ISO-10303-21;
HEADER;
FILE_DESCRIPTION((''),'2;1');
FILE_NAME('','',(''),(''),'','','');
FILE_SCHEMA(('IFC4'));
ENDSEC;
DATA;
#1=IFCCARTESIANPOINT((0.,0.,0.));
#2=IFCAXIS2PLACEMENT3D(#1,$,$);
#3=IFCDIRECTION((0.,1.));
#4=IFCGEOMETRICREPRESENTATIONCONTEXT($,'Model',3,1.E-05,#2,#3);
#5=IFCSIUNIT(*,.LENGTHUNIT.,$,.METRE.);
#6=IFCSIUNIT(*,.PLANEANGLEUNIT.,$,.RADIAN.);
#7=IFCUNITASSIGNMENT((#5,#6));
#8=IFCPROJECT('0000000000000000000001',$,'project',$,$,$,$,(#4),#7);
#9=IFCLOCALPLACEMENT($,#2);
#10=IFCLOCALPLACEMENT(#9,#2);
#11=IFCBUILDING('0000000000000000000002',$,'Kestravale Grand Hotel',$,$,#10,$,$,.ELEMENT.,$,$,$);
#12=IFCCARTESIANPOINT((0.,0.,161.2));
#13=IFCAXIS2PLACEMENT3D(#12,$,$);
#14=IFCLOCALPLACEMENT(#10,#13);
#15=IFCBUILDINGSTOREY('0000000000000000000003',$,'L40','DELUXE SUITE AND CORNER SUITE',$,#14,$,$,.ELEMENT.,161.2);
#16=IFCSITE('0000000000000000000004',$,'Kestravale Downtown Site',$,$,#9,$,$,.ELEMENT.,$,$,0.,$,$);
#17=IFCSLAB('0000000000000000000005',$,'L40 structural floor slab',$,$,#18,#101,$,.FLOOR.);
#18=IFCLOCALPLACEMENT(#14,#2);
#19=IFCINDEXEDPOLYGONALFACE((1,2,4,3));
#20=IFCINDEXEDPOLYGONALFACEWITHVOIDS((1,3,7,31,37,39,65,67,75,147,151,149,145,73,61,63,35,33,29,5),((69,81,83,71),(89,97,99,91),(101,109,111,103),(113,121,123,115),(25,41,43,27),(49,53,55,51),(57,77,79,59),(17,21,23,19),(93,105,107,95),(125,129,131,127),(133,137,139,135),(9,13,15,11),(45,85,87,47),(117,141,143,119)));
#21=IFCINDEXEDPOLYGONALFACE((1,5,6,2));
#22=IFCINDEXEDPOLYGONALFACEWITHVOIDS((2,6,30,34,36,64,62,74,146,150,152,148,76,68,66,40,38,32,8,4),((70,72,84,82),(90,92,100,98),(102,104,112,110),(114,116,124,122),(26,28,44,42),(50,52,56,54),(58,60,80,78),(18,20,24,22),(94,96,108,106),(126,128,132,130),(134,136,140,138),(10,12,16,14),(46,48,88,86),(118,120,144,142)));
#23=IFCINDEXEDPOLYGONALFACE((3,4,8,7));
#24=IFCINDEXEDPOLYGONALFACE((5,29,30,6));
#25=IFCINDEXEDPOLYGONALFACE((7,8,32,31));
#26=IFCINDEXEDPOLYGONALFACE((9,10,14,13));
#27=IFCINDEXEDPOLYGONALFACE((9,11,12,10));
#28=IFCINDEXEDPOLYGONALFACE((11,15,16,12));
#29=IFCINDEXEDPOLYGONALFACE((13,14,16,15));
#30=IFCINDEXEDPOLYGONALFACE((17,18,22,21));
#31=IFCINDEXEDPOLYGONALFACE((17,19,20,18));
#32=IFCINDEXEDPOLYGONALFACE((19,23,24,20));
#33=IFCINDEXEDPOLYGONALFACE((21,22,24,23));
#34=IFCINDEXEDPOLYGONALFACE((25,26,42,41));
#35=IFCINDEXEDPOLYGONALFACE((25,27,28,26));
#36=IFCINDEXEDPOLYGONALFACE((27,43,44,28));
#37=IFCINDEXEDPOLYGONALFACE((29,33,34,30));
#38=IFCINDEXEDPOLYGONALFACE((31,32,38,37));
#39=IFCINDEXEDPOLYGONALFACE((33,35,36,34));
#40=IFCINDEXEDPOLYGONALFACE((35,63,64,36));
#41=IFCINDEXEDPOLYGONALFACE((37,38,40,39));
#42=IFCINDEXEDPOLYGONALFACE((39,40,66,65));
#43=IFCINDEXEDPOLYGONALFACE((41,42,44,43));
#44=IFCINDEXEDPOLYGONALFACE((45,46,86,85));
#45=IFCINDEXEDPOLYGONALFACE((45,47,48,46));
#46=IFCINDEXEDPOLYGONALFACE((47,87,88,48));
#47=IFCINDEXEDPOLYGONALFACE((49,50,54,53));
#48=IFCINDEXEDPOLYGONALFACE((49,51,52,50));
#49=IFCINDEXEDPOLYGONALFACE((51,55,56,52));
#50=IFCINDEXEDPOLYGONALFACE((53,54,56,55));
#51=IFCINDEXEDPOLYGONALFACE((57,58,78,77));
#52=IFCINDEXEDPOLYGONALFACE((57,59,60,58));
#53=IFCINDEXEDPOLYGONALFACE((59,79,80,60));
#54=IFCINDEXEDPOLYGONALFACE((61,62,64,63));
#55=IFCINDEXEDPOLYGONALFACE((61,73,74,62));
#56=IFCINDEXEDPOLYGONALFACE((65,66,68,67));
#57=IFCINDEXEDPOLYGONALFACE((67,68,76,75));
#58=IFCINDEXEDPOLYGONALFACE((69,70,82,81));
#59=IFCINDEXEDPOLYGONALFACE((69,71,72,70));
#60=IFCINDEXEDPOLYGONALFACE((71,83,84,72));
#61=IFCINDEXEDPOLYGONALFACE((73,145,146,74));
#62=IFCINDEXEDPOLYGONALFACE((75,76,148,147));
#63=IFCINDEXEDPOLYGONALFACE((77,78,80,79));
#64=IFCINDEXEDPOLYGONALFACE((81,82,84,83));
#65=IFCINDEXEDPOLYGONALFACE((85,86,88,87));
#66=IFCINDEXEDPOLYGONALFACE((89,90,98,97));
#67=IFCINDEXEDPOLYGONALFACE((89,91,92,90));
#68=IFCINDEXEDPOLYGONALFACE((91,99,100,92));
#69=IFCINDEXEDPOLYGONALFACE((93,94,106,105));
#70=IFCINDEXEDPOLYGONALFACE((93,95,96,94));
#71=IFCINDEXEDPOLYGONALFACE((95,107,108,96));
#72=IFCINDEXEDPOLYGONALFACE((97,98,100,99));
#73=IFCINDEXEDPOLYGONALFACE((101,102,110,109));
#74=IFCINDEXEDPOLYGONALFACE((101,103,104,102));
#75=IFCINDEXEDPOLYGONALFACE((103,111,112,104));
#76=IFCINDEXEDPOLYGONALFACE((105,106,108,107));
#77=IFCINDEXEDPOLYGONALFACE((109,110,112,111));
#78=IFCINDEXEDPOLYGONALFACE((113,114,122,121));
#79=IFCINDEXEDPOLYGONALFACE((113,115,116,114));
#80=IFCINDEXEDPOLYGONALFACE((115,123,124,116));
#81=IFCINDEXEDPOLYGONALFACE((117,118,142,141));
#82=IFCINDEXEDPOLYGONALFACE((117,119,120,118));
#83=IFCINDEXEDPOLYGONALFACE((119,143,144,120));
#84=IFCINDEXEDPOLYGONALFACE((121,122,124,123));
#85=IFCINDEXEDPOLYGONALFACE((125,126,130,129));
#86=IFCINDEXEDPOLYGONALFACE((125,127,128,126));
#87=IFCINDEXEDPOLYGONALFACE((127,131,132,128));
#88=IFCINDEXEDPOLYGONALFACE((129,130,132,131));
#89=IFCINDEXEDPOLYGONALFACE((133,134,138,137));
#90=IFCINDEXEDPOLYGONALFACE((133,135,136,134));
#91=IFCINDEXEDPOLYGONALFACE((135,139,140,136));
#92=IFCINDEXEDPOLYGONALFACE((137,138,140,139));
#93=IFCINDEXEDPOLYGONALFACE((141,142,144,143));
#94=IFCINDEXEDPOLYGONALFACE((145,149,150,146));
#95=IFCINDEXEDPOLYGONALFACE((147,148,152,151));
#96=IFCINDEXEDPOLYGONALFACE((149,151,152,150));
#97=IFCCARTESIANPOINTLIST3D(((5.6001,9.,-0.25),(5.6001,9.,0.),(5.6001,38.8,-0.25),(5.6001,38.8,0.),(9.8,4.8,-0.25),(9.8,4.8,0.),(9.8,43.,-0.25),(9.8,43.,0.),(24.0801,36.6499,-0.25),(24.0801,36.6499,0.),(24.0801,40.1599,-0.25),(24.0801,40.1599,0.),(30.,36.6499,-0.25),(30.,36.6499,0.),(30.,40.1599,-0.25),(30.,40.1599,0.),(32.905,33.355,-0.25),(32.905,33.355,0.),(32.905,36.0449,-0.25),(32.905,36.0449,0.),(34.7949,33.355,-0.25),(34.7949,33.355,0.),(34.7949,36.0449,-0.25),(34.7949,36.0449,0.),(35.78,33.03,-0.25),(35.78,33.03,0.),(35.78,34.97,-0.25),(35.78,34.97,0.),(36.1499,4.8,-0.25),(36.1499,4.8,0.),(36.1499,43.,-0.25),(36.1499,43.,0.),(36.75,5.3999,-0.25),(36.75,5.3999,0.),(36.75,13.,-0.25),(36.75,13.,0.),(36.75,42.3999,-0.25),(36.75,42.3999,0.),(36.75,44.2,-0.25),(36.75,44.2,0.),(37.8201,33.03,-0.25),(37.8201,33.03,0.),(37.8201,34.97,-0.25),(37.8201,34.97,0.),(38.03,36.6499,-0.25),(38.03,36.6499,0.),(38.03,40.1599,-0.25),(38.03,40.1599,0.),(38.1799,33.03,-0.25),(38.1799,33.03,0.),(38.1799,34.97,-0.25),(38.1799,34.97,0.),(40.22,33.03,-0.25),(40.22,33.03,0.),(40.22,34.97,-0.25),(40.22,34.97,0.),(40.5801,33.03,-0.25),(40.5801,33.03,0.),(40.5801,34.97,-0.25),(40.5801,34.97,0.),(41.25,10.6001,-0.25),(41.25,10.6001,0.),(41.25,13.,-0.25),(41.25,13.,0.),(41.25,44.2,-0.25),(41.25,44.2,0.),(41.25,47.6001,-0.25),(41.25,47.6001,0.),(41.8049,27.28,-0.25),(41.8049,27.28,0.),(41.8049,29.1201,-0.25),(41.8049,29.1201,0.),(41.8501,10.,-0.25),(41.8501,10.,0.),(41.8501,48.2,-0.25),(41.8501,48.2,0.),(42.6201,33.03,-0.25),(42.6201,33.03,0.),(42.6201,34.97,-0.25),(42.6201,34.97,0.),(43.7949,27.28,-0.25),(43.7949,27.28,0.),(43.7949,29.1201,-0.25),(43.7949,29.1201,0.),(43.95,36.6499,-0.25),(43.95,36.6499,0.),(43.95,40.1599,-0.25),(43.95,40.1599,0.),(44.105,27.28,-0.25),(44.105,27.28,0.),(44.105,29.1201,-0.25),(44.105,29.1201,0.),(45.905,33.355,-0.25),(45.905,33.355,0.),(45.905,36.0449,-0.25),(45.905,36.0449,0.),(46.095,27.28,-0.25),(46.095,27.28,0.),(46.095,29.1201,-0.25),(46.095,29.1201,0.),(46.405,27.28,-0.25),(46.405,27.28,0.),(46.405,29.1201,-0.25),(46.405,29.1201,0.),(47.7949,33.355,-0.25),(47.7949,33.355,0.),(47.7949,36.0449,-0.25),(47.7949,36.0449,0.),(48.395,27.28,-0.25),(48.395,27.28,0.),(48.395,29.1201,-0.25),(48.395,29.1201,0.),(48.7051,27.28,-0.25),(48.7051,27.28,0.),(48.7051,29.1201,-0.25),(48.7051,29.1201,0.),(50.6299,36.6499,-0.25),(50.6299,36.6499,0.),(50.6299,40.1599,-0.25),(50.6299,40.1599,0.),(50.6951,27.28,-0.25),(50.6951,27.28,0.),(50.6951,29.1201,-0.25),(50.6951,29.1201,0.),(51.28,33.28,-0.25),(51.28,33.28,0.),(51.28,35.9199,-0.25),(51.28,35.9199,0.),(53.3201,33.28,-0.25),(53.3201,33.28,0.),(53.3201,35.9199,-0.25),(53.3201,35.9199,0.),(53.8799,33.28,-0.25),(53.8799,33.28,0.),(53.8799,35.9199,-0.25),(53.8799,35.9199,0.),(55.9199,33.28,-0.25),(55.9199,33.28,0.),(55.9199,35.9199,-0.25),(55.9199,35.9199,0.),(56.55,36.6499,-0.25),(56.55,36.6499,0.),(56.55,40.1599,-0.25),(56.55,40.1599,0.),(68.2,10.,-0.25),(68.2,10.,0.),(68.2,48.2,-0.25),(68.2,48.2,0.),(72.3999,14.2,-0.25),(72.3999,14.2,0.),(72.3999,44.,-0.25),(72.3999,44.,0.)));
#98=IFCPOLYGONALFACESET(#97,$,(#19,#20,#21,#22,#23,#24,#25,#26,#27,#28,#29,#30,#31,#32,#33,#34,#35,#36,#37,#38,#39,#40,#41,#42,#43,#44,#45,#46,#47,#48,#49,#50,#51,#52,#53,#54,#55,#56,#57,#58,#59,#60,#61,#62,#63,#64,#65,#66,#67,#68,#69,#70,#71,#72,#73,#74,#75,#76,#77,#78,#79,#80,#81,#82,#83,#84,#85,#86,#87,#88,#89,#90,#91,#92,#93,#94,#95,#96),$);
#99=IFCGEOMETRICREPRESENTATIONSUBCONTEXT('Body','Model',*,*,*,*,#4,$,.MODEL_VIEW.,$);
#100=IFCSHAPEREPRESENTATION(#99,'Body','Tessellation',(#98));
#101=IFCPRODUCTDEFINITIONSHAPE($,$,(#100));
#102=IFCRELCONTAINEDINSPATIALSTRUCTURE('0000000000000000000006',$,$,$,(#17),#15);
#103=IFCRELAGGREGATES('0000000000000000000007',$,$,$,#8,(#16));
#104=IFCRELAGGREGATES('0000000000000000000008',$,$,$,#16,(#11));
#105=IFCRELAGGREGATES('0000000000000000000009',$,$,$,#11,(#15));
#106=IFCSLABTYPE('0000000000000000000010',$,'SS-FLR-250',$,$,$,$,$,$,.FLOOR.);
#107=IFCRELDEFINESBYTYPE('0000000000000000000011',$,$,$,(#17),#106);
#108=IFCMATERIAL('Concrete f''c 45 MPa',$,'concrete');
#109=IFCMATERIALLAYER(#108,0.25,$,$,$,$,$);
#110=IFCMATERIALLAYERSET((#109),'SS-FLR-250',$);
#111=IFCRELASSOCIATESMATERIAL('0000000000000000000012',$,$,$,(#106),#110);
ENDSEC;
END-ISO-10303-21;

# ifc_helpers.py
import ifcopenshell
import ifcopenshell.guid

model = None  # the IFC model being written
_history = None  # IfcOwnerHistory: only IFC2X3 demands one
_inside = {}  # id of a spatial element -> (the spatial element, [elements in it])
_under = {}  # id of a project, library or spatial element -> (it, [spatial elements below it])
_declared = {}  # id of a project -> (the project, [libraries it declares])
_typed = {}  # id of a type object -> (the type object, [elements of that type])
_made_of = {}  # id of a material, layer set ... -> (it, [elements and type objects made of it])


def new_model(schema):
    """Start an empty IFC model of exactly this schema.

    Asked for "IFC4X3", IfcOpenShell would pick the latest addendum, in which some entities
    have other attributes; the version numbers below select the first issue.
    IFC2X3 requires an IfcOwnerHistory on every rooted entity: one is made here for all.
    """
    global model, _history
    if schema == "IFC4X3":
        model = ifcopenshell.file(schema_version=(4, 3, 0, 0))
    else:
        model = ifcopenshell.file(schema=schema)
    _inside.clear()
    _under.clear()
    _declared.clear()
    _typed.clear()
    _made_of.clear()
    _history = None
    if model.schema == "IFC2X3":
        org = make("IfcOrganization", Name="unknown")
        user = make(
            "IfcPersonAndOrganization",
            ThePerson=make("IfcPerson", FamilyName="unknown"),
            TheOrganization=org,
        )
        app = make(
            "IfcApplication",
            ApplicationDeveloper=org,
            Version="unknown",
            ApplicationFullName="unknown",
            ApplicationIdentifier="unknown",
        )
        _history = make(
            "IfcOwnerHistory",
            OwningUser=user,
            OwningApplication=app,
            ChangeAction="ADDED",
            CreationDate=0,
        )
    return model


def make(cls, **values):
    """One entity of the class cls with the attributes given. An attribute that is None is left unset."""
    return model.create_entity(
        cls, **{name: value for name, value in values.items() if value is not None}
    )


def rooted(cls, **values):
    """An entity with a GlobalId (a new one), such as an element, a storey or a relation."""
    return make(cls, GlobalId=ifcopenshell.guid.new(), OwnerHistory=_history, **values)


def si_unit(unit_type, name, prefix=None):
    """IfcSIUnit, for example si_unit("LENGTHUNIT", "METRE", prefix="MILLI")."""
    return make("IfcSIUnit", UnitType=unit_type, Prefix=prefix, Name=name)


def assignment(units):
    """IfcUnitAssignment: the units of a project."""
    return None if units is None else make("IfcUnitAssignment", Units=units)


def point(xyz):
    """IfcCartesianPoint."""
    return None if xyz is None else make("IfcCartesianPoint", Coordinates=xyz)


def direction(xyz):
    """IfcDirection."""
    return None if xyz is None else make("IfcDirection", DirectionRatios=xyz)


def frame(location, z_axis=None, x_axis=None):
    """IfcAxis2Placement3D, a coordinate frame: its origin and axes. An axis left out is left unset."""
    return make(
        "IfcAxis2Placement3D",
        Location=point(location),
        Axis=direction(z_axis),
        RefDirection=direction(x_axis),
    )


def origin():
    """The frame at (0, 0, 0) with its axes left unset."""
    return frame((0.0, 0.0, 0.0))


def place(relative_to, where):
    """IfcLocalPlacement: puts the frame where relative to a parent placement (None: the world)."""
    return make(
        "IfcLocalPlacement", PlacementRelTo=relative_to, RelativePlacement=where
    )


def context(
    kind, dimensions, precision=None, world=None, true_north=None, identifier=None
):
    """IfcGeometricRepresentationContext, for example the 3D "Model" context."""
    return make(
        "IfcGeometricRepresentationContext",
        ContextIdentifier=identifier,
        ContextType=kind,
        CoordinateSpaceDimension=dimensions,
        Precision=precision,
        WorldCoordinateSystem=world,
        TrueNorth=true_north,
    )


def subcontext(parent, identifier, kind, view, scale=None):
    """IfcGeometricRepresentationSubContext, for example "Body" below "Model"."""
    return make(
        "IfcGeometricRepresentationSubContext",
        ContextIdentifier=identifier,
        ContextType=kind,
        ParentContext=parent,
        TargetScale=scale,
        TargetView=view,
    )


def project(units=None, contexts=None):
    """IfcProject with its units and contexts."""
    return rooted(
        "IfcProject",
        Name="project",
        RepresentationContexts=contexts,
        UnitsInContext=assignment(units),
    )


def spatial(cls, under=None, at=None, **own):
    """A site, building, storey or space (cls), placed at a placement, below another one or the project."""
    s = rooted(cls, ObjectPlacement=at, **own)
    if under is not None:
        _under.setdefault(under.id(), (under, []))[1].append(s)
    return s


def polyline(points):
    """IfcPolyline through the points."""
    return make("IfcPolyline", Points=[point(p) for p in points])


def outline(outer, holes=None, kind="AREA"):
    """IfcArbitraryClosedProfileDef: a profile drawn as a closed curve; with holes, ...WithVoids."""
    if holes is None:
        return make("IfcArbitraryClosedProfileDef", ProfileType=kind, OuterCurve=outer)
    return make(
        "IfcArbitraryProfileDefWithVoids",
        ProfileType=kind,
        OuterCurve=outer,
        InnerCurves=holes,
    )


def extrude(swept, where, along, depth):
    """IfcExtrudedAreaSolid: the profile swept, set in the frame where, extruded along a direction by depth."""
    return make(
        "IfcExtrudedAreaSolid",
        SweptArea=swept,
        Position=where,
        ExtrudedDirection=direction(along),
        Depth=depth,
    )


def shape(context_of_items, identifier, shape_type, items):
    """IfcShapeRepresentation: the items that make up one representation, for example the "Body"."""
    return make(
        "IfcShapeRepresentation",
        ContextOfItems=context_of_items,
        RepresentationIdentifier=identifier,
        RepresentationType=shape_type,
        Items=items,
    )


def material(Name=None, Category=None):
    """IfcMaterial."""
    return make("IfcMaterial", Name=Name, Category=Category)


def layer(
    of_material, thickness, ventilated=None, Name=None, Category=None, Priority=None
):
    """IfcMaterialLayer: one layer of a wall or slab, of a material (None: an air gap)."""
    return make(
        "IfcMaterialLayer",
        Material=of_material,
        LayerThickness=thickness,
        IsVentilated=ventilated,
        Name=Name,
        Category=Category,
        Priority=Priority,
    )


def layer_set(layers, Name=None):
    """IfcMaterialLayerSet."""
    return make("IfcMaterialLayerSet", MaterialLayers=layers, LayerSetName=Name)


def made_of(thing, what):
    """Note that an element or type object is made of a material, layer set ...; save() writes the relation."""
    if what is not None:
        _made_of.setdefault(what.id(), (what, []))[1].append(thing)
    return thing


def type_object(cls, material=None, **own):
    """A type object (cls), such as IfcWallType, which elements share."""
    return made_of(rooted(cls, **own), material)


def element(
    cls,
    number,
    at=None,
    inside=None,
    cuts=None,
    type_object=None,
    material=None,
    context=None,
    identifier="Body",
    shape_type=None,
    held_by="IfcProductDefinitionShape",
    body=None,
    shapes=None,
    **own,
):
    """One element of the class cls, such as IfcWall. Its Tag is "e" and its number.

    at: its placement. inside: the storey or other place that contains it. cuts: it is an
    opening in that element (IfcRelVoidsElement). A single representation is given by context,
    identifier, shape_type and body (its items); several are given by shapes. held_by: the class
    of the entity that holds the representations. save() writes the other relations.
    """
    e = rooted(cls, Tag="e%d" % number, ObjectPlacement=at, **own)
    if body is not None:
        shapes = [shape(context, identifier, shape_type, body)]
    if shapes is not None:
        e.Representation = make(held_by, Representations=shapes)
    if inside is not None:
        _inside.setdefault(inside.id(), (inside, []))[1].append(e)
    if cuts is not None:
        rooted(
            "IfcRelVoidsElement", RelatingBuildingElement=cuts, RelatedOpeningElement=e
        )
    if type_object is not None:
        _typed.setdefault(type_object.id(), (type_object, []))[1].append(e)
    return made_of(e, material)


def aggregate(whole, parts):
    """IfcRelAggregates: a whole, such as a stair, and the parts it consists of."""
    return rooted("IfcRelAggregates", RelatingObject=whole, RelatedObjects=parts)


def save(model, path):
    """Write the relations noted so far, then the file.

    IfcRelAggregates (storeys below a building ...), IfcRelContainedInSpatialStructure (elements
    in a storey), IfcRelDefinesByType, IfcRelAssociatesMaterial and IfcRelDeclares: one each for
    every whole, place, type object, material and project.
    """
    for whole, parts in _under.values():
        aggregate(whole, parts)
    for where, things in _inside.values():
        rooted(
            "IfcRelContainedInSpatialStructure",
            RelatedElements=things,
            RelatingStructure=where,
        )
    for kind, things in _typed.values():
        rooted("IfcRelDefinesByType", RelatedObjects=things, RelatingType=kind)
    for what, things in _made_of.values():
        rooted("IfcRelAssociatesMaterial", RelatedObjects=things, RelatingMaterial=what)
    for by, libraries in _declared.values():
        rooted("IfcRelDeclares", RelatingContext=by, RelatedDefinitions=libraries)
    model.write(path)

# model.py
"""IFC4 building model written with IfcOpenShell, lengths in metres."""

from ifc_helpers import new_model, si_unit, direction, frame, origin, place, context, subcontext, project, spatial, polyline, outline, extrude, material, layer, layer_set, type_object, element, save


model = new_model("IFC4")

# Units and contexts
model_context = context("Model", 3, precision=1e-05, world=origin(), true_north=direction((0.0, 1.0)))
body_context = subcontext(model_context, "Body", "Model", "MODEL_VIEW")
ifc_project = project(units=[si_unit("LENGTHUNIT", "METRE"), si_unit("PLANEANGLEUNIT", "RADIAN")], contexts=[model_context])

# Site, building, storey
site_placement = place(None, origin())
site = spatial("IfcSite", under=ifc_project, at=site_placement, Name="Kestravale Downtown Site", CompositionType="ELEMENT", RefElevation=0.0)
building_placement = place(site_placement, origin())
building = spatial("IfcBuilding", under=site, at=building_placement, Name="Kestravale Grand Hotel", CompositionType="ELEMENT")
storey_placement = place(building_placement, frame((0.0, 0.0, 161.2)))
storey = spatial("IfcBuildingStorey", under=building, at=storey_placement, Name="L40", Description="DELUXE SUITE AND CORNER SUITE", CompositionType="ELEMENT", Elevation=161.2)

# Slab
ifc_material_1 = material(Name="Concrete f'c 45 MPa", Category="concrete")
ifc_layer_1 = layer(ifc_material_1, 0.25)
ifc_layer_set_1 = layer_set([ifc_layer_1], Name="SS-FLR-250")
slab_type_1 = type_object("IfcSlabType", Name="SS-FLR-250", PredefinedType="FLOOR", material=ifc_layer_set_1)
slab_1_placement = place(storey_placement, frame((0.0, 0.0, -0.25)))
element("IfcSlab", 1, at=slab_1_placement, inside=storey, type_object=slab_type_1, Name="L40 structural floor slab", PredefinedType="FLOOR", context=body_context, shape_type="SweptSolid", body=[
    extrude(outline(polyline([(9.8, 4.8), (36.1499, 4.8), (36.75, 5.3999), (36.75, 13.0), (41.25, 13.0), (41.25, 10.6001), (41.8501, 10.0), (68.2, 10.0), (72.3999, 14.2), (72.3999, 44.0), (68.2, 48.2), (41.8501, 48.2), (41.25, 47.6001), (41.25, 44.2), (36.75, 44.2), (36.75, 42.3999), (36.1499, 43.0), (9.8, 43.0), (5.6001, 38.8), (5.6001, 9.0), (9.8, 4.8)]), holes=[polyline([(24.0801, 36.6499), (30.0, 36.6499), (30.0, 40.1599), (24.0801, 40.1599), (24.0801, 36.6499)]), polyline([(38.03, 36.6499), (43.95, 36.6499), (43.95, 40.1599), (38.03, 40.1599), (38.03, 36.6499)]), polyline([(50.6299, 36.6499), (56.55, 36.6499), (56.55, 40.1599), (50.6299, 40.1599), (50.6299, 36.6499)]), polyline([(41.8049, 27.28), (43.7949, 27.28), (43.7949, 29.1201), (41.8049, 29.1201), (41.8049, 27.28)]), polyline([(44.105, 27.28), (46.095, 27.28), (46.095, 29.1201), (44.105, 29.1201), (44.105, 27.28)]), polyline([(46.405, 27.28), (48.395, 27.28), (48.395, 29.1201), (46.405, 29.1201), (46.405, 27.28)]), polyline([(48.7051, 27.28), (50.6951, 27.28), (50.6951, 29.1201), (48.7051, 29.1201), (48.7051, 27.28)]), polyline([(35.78, 33.03), (37.8201, 33.03), (37.8201, 34.97), (35.78, 34.97), (35.78, 33.03)]), polyline([(38.1799, 33.03), (40.22, 33.03), (40.22, 34.97), (38.1799, 34.97), (38.1799, 33.03)]), polyline([(40.5801, 33.03), (42.6201, 33.03), (42.6201, 34.97), (40.5801, 34.97), (40.5801, 33.03)]), polyline([(32.905, 33.355), (34.7949, 33.355), (34.7949, 36.0449), (32.905, 36.0449), (32.905, 33.355)]), polyline([(45.905, 33.355), (47.7949, 33.355), (47.7949, 36.0449), (45.905, 36.0449), (45.905, 33.355)]), polyline([(51.28, 33.28), (53.3201, 33.28), (53.3201, 35.9199), (51.28, 35.9199), (51.28, 33.28)]), polyline([(53.8799, 33.28), (55.9199, 33.28), (55.9199, 35.9199), (53.8799, 35.9199), (53.8799, 33.28)])]), origin(), (0.0, 0.0, 1.0), 0.25),
])

save(model, "model.ifc")
